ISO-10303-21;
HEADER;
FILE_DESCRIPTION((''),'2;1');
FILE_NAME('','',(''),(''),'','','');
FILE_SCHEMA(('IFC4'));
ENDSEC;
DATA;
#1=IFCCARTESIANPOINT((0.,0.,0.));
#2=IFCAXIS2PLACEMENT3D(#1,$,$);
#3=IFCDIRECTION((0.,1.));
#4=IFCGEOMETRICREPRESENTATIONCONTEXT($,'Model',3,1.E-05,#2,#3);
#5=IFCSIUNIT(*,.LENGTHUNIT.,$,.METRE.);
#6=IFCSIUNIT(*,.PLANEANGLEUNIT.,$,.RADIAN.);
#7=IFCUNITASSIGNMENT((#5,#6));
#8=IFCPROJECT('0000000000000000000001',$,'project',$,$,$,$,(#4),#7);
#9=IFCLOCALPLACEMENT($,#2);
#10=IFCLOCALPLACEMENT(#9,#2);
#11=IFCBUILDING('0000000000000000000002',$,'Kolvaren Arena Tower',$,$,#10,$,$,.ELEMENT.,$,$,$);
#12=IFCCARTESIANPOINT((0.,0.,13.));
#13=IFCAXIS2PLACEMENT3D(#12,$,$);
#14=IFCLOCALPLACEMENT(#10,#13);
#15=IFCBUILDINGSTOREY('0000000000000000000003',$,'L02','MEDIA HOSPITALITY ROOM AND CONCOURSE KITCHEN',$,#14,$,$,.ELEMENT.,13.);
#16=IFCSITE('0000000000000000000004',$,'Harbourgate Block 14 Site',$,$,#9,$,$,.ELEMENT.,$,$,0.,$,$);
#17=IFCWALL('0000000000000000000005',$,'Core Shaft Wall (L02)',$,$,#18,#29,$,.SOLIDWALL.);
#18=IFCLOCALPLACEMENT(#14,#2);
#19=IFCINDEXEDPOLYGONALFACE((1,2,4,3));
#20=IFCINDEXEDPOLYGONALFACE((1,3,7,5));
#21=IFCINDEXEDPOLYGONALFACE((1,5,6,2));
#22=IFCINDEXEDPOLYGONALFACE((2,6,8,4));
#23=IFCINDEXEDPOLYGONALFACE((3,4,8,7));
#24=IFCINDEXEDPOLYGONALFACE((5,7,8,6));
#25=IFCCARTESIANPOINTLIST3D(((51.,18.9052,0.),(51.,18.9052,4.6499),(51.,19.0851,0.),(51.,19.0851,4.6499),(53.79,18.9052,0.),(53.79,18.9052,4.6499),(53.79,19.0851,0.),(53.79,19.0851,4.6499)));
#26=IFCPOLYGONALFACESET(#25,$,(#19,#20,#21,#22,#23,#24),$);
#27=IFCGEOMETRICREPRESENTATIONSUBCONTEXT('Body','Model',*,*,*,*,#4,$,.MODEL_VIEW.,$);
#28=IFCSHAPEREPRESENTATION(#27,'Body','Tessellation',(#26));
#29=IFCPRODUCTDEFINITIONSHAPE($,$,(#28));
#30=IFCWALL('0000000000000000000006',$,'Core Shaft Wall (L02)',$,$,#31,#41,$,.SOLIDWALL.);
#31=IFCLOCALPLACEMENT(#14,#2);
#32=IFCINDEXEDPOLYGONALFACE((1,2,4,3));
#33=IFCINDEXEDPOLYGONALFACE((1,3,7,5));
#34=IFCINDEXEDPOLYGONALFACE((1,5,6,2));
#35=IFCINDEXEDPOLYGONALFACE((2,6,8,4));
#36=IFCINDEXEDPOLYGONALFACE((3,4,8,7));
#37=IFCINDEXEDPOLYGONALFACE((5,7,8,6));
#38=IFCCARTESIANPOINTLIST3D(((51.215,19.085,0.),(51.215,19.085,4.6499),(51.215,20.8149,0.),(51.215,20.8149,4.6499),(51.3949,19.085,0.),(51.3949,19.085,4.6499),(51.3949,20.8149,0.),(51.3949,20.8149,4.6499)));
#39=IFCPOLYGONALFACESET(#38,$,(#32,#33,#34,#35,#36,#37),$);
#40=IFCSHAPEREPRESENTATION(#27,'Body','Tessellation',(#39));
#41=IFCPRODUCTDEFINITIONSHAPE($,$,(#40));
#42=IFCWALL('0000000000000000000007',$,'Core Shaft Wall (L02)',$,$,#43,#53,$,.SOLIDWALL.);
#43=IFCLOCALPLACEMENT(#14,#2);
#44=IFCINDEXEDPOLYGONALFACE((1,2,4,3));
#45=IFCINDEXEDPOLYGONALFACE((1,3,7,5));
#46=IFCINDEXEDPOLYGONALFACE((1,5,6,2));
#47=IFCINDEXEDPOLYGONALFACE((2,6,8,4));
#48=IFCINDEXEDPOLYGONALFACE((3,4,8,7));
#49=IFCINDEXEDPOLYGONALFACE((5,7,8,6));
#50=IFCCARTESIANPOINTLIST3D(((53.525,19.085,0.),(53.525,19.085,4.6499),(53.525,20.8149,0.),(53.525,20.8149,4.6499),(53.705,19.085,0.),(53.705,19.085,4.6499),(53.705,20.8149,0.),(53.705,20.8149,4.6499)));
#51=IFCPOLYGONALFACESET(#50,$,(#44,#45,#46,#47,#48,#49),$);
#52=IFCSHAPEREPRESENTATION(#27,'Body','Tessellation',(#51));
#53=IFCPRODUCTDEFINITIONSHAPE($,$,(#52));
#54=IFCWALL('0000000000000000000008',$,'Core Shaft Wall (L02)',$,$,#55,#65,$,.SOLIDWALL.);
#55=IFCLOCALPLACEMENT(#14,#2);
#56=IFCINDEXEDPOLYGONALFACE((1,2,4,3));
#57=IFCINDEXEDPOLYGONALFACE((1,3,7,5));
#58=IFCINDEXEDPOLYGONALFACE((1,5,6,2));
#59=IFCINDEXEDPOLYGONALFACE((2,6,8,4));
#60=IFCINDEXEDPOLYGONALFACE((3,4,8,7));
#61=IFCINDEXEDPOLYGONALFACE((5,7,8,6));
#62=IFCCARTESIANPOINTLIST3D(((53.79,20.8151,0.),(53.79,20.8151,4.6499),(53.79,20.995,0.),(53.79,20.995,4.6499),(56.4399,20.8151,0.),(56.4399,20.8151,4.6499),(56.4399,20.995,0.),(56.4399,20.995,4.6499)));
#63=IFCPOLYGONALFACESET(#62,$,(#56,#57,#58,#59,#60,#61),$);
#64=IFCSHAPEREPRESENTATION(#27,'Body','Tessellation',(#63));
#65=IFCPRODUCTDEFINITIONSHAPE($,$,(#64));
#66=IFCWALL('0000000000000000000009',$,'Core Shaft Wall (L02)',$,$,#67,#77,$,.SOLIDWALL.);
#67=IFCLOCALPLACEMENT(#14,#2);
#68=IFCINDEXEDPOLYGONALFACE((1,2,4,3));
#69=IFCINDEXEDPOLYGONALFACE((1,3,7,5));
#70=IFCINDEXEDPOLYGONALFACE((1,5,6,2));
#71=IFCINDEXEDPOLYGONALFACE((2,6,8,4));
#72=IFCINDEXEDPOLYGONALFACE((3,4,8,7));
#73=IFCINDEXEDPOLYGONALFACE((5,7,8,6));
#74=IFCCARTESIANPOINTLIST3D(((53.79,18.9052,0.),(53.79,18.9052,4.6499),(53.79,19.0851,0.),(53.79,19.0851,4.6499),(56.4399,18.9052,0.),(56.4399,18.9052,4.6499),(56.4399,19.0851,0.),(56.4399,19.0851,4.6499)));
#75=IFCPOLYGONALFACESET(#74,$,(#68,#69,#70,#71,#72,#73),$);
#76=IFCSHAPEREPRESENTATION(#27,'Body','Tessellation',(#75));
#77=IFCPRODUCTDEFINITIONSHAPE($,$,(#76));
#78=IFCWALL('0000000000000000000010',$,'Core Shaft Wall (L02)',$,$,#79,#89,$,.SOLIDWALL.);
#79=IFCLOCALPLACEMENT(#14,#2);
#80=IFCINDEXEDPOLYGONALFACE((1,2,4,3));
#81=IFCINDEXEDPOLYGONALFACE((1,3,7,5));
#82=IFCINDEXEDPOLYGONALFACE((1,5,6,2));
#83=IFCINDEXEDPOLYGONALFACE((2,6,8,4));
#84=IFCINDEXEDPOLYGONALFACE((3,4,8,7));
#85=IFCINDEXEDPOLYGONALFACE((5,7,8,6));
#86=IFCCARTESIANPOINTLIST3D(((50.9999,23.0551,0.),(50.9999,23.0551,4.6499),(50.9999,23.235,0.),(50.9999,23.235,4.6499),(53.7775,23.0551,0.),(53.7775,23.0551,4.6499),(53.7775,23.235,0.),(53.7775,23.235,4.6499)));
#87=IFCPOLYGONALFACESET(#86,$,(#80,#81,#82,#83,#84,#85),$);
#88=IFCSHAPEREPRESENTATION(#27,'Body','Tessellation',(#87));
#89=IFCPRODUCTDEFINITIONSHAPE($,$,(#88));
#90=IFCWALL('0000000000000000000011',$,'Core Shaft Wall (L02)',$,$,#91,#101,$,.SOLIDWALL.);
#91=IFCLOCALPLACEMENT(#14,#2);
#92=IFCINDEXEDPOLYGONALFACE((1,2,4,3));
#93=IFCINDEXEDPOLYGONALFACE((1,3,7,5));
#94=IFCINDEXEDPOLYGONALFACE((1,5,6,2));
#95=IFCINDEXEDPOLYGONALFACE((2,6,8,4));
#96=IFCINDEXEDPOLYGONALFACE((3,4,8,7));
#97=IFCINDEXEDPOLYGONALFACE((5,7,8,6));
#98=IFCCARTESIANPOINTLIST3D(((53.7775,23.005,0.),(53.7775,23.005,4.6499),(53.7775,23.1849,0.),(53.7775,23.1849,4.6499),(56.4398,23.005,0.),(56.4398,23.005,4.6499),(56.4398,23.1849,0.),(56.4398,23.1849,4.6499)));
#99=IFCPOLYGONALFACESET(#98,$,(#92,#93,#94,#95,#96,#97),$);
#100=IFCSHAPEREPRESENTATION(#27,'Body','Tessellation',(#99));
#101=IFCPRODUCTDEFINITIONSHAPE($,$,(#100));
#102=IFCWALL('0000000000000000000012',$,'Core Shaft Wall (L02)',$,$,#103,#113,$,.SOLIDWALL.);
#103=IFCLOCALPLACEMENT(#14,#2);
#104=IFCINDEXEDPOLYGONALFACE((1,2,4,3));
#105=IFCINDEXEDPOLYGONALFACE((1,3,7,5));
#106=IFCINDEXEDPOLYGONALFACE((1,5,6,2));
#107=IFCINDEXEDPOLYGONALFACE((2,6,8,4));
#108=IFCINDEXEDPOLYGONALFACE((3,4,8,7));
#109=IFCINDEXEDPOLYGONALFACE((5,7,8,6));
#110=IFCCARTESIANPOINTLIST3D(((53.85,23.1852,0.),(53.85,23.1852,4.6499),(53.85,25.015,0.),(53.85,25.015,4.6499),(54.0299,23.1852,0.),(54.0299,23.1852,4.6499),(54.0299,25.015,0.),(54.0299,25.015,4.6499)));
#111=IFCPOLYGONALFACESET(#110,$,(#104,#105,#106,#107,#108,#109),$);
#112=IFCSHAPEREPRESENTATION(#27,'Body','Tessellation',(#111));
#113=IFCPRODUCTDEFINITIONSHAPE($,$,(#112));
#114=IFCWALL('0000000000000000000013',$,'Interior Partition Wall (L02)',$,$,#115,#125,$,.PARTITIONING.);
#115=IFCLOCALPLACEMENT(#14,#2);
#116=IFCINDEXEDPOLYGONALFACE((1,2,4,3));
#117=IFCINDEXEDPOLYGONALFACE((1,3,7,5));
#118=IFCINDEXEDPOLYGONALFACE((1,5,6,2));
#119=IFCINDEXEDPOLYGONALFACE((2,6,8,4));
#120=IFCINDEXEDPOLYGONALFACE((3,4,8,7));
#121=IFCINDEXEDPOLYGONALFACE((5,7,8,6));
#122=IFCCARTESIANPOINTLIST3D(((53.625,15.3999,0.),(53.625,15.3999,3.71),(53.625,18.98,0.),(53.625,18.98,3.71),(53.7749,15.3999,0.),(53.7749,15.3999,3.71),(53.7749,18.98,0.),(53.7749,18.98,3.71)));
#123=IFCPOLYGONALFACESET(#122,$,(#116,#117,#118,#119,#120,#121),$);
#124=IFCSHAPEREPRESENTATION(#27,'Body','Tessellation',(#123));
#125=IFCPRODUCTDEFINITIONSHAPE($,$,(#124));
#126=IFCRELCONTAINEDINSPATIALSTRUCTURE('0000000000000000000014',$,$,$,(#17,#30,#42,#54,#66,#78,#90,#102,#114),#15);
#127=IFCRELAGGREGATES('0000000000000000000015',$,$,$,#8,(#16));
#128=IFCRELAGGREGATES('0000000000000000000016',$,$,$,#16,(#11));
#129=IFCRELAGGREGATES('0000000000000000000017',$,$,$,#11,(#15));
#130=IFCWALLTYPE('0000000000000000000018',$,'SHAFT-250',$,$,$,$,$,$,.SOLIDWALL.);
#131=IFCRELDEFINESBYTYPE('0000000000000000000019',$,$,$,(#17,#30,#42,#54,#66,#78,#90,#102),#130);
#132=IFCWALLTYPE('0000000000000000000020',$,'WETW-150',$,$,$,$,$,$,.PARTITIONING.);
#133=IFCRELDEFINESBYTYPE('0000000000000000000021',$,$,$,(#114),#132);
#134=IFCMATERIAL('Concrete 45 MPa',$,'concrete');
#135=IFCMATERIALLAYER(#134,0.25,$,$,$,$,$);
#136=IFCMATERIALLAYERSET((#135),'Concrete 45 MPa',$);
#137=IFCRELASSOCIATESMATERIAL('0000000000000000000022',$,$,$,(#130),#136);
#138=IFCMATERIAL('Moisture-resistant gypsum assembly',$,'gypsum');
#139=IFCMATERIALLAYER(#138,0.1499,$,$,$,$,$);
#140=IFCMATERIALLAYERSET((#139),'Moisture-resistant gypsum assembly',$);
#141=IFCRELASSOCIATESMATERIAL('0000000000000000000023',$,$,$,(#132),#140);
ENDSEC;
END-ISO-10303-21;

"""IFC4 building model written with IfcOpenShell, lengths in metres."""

from ifc_helpers import new_model, si_unit, direction, frame, frame_2d, origin, place, context, subcontext, project, spatial, rectangle, extrude, material, layer, layer_set, type_object, element, save


model = new_model("IFC4")

# Units and contexts
model_context = context("Model", 3, precision=1e-05, world=origin(), true_north=direction((0.0, 1.0)))
body_context = subcontext(model_context, "Body", "Model", "MODEL_VIEW")
ifc_project = project(units=[si_unit("LENGTHUNIT", "METRE"), si_unit("PLANEANGLEUNIT", "RADIAN")], contexts=[model_context])

# Site, building, storey
site_placement = place(None, origin())
site = spatial("IfcSite", under=ifc_project, at=site_placement, Name="Harbourgate Block 14 Site", CompositionType="ELEMENT", RefElevation=0.0)
building_placement = place(site_placement, origin())
building = spatial("IfcBuilding", under=site, at=building_placement, Name="Kolvaren Arena Tower", CompositionType="ELEMENT")
storey_placement = place(building_placement, frame((0.0, 0.0, 13.0)))
storey = spatial("IfcBuildingStorey", under=building, at=storey_placement, Name="L02", Description="MEDIA HOSPITALITY ROOM AND CONCOURSE KITCHEN", CompositionType="ELEMENT", Elevation=13.0)

# Walls
ifc_material_1 = material(Name="Concrete 45 MPa", Category="concrete")
ifc_layer_1 = layer(ifc_material_1, 0.25)
ifc_layer_set_1 = layer_set([ifc_layer_1], Name="Concrete 45 MPa")
wall_type_1 = type_object("IfcWallType", Name="SHAFT-250", PredefinedType="SOLIDWALL", material=ifc_layer_set_1)
for number, where, z_axis, x_axis, name in (
    (1, (51.0, 18.9951, 0.0), (0.0, 0.0, 1.0), (1.0, 0.0, 0.0), "Core Shaft Wall (L02)"),
):
    element("IfcWall", number, at=place(storey_placement, frame(where, z_axis=z_axis, x_axis=x_axis)), inside=storey, type_object=wall_type_1, Name=name, PredefinedType="SOLIDWALL", context=body_context, shape_type="SweptSolid", body=[
        extrude(rectangle(XDim=2.79, YDim=0.1799, at=frame_2d((1.395, 0.0))), origin(), (0.0, 0.0, 1.0), 4.6499),
    ])
for number, where, z_axis, x_axis, name in (
    (2, (51.3049, 19.085, 0.0), (0.0, 0.0, 1.0), (0.0, 1.0, 0.0), "Core Shaft Wall (L02)"),
    (3, (53.615, 19.085, 0.0), (0.0, 0.0, 1.0), (0.0, 1.0, 0.0), "Core Shaft Wall (L02)"),
):
    element("IfcWall", number, at=place(storey_placement, frame(where, z_axis=z_axis, x_axis=x_axis)), inside=storey, type_object=wall_type_1, Name=name, PredefinedType="SOLIDWALL", context=body_context, shape_type="SweptSolid", body=[
        extrude(rectangle(XDim=1.73, YDim=0.1799, at=frame_2d((0.865, 0.0))), origin(), (0.0, 0.0, 1.0), 4.6499),
    ])
for number, where, z_axis, x_axis, name in (
    (4, (53.79, 20.905, 0.0), (0.0, 0.0, 1.0), (1.0, 0.0, 0.0), "Core Shaft Wall (L02)"),
    (5, (53.79, 18.9951, 0.0), (0.0, 0.0, 1.0), (1.0, 0.0, 0.0), "Core Shaft Wall (L02)"),
):
    element("IfcWall", number, at=place(storey_placement, frame(where, z_axis=z_axis, x_axis=x_axis)), inside=storey, type_object=wall_type_1, Name=name, PredefinedType="SOLIDWALL", context=body_context, shape_type="SweptSolid", body=[
        extrude(rectangle(XDim=2.6499, YDim=0.1799, at=frame_2d((1.325, 0.0))), origin(), (0.0, 0.0, 1.0), 4.6499),
    ])
wall_1_placement = place(storey_placement, frame((51.0, 23.145, 0.0), z_axis=(0.0, 0.0, 1.0), x_axis=(1.0, 0.0, 0.0)))
element("IfcWall", 6, at=wall_1_placement, inside=storey, type_object=wall_type_1, Name="Core Shaft Wall (L02)", PredefinedType="SOLIDWALL", context=body_context, shape_type="SweptSolid", body=[
    extrude(rectangle(XDim=2.7776, YDim=0.1799, at=frame_2d((1.3887, 0.0))), origin(), (0.0, 0.0, 1.0), 4.6499),
])
wall_2_placement = place(storey_placement, frame((53.7776, 23.095, 0.0), z_axis=(0.0, 0.0, 1.0), x_axis=(1.0, 0.0, 0.0)))
element("IfcWall", 7, at=wall_2_placement, inside=storey, type_object=wall_type_1, Name="Core Shaft Wall (L02)", PredefinedType="SOLIDWALL", context=body_context, shape_type="SweptSolid", body=[
    extrude(rectangle(XDim=2.6624, YDim=0.1799, at=frame_2d((1.3311, 0.0))), origin(), (0.0, 0.0, 1.0), 4.6499),
])
wall_3_placement = place(storey_placement, frame((53.9399, 23.1851, 0.0), z_axis=(0.0, 0.0, 1.0), x_axis=(0.0, 1.0, 0.0)))
element("IfcWall", 8, at=wall_3_placement, inside=storey, type_object=wall_type_1, Name="Core Shaft Wall (L02)", PredefinedType="SOLIDWALL", context=body_context, shape_type="SweptSolid", body=[
    extrude(rectangle(XDim=1.8298, YDim=0.1799, at=frame_2d((0.915, 0.0))), origin(), (0.0, 0.0, 1.0), 4.6499),
])
ifc_material_2 = material(Name="Moisture-resistant gypsum assembly", Category="gypsum")
ifc_layer_2 = layer(ifc_material_2, 0.1499)
ifc_layer_set_2 = layer_set([ifc_layer_2], Name="Moisture-resistant gypsum assembly")
wall_type_2 = type_object("IfcWallType", Name="WETW-150", PredefinedType="PARTITIONING", material=ifc_layer_set_2)
wall_4_placement = place(storey_placement, frame((53.7, 15.3999, 0.0), z_axis=(0.0, 0.0, 1.0), x_axis=(0.0, 1.0, 0.0)))
element("IfcWall", 9, at=wall_4_placement, inside=storey, type_object=wall_type_2, Name="Interior Partition Wall (L02)", PredefinedType="PARTITIONING", context=body_context, shape_type="SweptSolid", body=[
    extrude(rectangle(XDim=3.5801, YDim=0.1499, at=frame_2d((1.79, 0.0))), origin(), (0.0, 0.0, 1.0), 3.71),
])

save(model, "model.ifc")
